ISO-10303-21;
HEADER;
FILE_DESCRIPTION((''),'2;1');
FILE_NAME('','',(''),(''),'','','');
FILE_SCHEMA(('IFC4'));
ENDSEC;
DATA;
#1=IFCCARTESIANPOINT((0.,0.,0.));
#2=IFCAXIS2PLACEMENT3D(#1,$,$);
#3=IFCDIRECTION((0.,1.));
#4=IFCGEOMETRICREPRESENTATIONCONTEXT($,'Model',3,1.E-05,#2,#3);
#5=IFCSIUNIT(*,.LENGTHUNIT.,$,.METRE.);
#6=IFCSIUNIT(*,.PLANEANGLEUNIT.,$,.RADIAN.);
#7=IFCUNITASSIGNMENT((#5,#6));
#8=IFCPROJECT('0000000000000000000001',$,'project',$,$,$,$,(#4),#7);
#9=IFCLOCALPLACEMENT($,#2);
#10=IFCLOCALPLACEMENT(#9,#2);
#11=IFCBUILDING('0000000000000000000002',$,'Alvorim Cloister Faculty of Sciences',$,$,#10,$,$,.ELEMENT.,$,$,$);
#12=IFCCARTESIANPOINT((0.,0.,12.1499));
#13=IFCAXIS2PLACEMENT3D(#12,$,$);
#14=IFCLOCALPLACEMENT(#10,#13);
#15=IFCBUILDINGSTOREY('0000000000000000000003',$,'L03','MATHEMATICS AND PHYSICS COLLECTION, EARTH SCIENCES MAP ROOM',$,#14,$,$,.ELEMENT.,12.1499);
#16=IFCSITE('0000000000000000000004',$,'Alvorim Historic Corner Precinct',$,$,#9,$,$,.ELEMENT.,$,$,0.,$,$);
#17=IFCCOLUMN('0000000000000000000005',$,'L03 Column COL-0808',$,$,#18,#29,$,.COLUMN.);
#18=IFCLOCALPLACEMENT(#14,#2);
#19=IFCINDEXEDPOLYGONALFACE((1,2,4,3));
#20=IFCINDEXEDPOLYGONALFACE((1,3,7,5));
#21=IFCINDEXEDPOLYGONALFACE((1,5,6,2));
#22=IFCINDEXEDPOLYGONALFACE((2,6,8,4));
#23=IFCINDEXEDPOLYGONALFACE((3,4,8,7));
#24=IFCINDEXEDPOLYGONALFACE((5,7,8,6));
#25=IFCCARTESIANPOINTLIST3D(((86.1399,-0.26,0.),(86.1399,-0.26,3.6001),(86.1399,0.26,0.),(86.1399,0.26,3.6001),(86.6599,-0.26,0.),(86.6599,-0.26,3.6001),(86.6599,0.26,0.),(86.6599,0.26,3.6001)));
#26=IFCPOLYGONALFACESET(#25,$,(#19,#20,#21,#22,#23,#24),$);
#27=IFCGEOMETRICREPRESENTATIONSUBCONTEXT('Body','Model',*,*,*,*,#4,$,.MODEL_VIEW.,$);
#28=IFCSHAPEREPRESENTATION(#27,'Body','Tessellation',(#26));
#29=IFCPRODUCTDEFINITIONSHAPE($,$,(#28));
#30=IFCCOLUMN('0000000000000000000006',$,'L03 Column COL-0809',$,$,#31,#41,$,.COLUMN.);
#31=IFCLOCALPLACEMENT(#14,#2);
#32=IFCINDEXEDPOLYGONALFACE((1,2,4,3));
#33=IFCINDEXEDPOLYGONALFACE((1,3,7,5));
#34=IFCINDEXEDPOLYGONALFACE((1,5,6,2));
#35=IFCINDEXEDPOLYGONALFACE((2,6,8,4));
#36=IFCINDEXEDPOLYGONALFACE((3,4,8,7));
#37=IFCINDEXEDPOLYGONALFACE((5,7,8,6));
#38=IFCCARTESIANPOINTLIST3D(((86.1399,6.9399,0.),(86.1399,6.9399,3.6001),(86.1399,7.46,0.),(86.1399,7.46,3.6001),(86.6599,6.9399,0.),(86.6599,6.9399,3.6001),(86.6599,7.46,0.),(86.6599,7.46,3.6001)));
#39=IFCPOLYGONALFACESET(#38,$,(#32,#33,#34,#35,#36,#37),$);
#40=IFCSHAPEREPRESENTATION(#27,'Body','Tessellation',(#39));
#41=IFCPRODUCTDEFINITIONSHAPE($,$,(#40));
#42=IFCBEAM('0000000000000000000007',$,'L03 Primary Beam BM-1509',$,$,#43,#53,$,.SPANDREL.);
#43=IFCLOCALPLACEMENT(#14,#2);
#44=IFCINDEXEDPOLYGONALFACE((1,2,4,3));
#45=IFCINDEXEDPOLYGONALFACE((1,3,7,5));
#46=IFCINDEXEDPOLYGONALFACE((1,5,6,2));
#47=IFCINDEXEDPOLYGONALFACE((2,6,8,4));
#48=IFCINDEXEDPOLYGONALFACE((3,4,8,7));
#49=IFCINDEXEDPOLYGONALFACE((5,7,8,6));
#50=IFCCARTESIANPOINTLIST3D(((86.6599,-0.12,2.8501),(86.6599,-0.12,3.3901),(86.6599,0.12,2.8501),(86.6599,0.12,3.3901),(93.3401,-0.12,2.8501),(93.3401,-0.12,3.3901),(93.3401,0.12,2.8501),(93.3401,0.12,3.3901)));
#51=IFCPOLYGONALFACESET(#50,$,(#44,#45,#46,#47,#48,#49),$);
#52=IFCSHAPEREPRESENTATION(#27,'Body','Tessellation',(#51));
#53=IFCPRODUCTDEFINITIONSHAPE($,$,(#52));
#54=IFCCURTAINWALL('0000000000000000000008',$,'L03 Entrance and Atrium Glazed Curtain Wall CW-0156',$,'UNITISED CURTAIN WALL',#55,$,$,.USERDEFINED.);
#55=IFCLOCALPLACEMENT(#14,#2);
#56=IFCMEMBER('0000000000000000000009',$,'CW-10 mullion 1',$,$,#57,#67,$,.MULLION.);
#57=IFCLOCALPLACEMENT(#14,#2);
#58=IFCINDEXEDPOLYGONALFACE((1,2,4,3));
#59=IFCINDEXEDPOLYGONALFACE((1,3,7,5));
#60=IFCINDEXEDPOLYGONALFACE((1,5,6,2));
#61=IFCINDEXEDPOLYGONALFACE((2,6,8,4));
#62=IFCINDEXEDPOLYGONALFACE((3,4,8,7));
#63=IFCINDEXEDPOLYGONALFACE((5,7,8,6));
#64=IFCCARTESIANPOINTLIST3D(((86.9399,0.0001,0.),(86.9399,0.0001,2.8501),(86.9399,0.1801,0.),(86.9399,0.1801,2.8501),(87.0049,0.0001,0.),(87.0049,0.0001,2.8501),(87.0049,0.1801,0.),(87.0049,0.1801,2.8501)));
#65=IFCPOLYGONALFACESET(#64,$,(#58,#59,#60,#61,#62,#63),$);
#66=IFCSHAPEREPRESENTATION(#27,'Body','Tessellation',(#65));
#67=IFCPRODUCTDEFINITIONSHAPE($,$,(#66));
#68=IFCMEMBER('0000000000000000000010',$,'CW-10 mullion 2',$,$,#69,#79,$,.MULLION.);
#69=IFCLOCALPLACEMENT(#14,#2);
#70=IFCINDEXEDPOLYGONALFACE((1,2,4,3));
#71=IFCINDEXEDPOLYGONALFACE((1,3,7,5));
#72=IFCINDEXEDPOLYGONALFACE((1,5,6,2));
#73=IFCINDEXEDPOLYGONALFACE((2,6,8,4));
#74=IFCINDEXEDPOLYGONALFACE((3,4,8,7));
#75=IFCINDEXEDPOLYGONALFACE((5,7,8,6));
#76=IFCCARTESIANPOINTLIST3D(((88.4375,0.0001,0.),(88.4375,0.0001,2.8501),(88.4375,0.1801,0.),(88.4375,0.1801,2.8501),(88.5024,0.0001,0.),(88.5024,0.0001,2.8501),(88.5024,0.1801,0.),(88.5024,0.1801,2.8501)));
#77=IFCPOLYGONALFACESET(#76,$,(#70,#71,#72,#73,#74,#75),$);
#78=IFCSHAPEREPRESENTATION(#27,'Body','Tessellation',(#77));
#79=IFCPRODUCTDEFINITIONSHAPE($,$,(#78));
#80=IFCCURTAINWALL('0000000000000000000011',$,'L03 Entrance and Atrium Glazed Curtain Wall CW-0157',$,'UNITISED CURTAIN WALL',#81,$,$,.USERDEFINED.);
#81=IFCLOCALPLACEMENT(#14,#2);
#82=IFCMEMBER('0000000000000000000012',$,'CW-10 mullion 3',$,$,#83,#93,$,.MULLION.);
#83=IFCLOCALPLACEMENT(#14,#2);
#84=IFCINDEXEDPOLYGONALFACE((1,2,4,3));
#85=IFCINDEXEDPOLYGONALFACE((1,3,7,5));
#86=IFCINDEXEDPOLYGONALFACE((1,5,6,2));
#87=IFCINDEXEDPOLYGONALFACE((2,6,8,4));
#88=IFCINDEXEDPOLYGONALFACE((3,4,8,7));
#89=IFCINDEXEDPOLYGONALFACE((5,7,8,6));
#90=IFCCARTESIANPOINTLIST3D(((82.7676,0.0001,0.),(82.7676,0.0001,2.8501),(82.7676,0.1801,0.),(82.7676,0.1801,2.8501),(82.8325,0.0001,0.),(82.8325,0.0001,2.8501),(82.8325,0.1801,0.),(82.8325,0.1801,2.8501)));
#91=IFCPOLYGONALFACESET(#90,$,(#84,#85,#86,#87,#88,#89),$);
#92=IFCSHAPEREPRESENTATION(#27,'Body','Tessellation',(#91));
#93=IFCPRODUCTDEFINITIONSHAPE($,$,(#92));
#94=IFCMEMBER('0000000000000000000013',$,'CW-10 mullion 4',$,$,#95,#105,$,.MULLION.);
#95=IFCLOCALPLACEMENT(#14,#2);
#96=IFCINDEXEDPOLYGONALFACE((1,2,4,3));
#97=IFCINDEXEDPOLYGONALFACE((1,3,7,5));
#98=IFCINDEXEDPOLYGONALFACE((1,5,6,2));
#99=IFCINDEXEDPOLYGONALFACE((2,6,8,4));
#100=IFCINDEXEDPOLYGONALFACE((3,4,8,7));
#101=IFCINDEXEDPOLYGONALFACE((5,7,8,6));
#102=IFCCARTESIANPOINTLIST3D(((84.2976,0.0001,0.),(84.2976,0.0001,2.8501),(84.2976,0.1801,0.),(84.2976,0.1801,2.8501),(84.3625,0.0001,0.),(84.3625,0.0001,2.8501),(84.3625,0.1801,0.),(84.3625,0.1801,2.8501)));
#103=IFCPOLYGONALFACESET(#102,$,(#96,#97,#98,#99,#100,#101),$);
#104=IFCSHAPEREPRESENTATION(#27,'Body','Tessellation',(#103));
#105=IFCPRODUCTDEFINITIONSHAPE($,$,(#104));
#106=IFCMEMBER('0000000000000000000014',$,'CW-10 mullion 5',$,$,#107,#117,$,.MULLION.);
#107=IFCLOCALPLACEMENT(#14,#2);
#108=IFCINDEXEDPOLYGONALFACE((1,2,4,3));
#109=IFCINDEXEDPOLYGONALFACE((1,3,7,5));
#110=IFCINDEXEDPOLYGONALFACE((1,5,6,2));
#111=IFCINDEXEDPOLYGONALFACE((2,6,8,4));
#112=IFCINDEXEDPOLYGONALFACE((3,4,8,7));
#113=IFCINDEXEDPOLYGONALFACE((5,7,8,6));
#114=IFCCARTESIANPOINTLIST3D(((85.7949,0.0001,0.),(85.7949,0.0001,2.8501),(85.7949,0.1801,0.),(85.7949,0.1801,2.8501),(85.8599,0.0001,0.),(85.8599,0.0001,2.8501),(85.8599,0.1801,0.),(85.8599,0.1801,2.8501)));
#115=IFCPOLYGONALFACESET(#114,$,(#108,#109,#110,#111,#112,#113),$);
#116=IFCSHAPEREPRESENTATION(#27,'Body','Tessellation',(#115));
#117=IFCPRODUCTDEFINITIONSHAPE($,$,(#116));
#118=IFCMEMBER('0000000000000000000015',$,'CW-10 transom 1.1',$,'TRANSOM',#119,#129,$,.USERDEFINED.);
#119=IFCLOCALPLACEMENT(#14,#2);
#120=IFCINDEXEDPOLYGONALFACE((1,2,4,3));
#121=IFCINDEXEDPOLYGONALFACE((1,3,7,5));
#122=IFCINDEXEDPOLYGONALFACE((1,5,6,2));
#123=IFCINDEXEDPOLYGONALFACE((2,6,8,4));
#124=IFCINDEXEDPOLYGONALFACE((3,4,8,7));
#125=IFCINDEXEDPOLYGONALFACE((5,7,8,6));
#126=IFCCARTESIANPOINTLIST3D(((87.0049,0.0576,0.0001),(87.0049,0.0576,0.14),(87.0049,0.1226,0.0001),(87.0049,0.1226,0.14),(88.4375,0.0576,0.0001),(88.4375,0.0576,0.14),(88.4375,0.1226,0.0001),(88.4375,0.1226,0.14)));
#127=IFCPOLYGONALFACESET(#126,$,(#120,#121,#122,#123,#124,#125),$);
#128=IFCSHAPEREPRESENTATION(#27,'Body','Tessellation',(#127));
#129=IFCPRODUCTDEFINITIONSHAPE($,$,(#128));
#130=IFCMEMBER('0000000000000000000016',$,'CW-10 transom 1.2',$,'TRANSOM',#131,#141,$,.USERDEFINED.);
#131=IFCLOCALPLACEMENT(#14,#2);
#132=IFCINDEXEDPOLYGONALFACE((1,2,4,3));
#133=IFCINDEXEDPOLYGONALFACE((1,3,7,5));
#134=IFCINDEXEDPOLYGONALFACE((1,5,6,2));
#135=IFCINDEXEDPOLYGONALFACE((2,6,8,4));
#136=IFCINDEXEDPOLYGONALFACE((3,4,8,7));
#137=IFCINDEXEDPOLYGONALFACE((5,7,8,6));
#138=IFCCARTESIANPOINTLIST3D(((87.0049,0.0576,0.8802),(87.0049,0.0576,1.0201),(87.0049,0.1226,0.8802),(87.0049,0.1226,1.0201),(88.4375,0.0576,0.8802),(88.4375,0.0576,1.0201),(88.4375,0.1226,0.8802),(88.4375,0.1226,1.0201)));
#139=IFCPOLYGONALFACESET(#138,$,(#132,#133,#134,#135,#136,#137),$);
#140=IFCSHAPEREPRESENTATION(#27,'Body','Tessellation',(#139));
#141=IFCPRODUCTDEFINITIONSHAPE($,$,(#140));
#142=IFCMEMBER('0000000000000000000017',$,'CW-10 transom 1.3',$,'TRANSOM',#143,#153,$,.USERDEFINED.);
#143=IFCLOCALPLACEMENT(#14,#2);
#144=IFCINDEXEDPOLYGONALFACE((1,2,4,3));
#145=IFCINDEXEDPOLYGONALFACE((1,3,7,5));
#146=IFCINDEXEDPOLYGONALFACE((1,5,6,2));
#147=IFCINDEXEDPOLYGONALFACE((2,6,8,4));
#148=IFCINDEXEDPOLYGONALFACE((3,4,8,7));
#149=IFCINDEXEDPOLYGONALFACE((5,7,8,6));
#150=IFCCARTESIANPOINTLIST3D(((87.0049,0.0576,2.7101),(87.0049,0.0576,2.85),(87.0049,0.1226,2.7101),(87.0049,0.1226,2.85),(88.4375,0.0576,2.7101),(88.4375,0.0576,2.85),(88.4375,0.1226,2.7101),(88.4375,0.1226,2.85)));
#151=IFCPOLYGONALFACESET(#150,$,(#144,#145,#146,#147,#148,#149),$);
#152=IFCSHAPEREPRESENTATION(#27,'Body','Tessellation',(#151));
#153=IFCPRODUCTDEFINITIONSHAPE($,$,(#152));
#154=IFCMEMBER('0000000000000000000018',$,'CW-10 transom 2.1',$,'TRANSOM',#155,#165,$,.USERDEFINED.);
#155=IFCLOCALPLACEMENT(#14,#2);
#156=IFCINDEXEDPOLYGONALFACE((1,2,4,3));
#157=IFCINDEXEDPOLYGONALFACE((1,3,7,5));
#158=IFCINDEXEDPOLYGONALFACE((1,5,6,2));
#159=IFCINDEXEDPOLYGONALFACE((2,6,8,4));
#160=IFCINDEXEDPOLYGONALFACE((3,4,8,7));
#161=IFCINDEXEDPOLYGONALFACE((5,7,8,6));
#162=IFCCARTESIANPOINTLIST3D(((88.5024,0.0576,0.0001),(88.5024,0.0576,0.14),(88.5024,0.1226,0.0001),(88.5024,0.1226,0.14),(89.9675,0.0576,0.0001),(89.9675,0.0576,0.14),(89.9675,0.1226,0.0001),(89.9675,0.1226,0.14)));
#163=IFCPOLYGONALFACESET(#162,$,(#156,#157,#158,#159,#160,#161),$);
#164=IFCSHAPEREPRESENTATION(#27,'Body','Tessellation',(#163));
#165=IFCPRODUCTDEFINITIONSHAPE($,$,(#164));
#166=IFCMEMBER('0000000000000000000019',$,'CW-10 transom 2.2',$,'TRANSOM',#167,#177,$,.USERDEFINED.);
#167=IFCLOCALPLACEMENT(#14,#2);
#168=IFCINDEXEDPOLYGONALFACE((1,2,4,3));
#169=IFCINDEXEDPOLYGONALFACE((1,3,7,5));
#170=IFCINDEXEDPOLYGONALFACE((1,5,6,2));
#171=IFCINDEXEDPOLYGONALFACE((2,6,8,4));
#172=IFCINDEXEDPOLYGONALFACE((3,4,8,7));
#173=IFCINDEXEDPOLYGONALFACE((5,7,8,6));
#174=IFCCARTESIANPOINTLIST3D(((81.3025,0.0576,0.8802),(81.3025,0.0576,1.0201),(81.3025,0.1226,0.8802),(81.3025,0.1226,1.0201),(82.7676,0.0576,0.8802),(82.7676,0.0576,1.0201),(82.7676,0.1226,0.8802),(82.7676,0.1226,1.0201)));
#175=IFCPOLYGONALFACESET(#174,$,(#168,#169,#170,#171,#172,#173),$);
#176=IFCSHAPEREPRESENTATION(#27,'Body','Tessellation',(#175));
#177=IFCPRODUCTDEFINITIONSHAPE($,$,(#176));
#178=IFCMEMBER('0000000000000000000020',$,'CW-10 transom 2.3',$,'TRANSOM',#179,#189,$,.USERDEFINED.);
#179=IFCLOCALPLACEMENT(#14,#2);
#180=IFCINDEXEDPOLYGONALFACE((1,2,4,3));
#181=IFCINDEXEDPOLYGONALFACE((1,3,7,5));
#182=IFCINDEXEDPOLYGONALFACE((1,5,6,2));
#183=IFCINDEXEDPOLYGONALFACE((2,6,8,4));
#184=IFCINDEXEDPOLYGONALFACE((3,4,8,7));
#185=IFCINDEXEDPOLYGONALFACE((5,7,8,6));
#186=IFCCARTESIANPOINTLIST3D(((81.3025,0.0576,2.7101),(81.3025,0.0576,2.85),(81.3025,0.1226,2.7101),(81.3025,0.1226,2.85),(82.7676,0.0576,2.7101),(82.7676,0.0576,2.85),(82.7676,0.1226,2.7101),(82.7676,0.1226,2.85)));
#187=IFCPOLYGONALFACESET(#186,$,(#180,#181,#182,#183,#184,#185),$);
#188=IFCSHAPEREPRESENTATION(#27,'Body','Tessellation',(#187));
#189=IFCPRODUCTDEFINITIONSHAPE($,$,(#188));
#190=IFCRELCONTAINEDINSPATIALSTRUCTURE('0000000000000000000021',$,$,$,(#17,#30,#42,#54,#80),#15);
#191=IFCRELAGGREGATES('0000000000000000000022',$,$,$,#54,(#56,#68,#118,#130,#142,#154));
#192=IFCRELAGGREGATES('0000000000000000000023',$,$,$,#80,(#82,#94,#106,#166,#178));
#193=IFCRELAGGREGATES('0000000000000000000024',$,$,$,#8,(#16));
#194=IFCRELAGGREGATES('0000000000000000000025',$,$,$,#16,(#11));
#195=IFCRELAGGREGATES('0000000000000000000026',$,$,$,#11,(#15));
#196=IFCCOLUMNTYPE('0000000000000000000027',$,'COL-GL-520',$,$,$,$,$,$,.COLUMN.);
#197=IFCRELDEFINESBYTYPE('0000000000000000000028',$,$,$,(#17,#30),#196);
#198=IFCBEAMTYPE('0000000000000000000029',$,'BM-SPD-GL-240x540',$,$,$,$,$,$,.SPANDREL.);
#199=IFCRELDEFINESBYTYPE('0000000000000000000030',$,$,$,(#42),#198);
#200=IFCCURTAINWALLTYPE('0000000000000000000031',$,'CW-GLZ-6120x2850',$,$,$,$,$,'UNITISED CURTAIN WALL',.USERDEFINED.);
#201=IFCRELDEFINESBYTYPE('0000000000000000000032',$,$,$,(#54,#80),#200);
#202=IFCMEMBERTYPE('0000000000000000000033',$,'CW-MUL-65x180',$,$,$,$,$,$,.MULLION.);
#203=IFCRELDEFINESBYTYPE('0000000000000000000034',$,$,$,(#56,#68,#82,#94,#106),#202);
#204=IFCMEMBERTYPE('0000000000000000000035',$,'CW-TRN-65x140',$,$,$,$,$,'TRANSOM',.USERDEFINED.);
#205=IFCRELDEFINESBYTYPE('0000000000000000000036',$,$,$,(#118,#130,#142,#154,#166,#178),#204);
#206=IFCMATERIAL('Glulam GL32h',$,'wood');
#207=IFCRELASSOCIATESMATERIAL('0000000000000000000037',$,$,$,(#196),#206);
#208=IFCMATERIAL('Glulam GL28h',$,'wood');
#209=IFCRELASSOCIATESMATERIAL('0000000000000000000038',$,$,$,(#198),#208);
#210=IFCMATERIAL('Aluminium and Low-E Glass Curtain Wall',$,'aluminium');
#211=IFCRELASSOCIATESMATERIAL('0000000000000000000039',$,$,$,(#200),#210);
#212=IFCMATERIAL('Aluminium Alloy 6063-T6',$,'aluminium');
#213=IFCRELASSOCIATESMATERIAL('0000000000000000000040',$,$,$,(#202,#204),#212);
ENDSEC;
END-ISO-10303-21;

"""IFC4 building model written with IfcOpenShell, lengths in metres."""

from ifc_helpers import new_model, si_unit, direction, frame, origin, origin_2d, place, context, subcontext, project, spatial, rectangle, extrude, material, material_profile, profile_set, type_object, element, aggregate, save


model = new_model("IFC4")

# Units and contexts
model_context = context("Model", 3, precision=1e-05, world=origin(), true_north=direction((0.0, 1.0)))
body_context = subcontext(model_context, "Body", "Model", "MODEL_VIEW")
ifc_project = project(units=[si_unit("LENGTHUNIT", "METRE"), si_unit("PLANEANGLEUNIT", "RADIAN")], contexts=[model_context])

# Site, building, storey
site_placement = place(None, origin())
site = spatial("IfcSite", under=ifc_project, at=site_placement, Name="Alvorim Historic Corner Precinct", CompositionType="ELEMENT", RefElevation=0.0)
building_placement = place(site_placement, origin())
building = spatial("IfcBuilding", under=site, at=building_placement, Name="Alvorim Cloister Faculty of Sciences", CompositionType="ELEMENT")
storey_placement = place(building_placement, frame((0.0, 0.0, 12.1499)))
storey = spatial("IfcBuildingStorey", under=building, at=storey_placement, Name="L03", Description="MATHEMATICS AND PHYSICS COLLECTION, EARTH SCIENCES MAP ROOM", CompositionType="ELEMENT", Elevation=12.1499)

# Columns
ifc_material_1 = material(Name="Glulam GL32h", Category="wood")
ifc_material_profile_1 = material_profile(ifc_material_1, rectangle(XDim=0.52, YDim=0.52, at=origin_2d()), Name="GL32-COL-520x520")
ifc_profile_set_1 = profile_set([ifc_material_profile_1], Name="Glulam GL32h")
column_type = type_object("IfcColumnType", Name="COL-GL-520", PredefinedType="COLUMN", material=ifc_profile_set_1)
for number, where, z_axis, x_axis, name in (
    (1, (86.3999, 0.0, 0.0), (0.0, 0.0, 1.0), (1.0, 0.0, 0.0), "L03 Column COL-0808"),
    (2, (86.3999, 7.2, 0.0), (0.0, 0.0, 1.0), (1.0, 0.0, 0.0), "L03 Column COL-0809"),
):
    element("IfcColumn", number, at=place(storey_placement, frame(where, z_axis=z_axis, x_axis=x_axis)), inside=storey, type_object=column_type, Name=name, PredefinedType="COLUMN", context=body_context, shape_type="SweptSolid", body=[
        extrude(rectangle(XDim=0.52, YDim=0.52, at=origin_2d()), origin(), (0.0, 0.0, 1.0), 3.6001),
    ])

# Beam
ifc_material_2 = material(Name="Glulam GL28h", Category="wood")
ifc_material_profile_2 = material_profile(ifc_material_2, rectangle(XDim=0.24, YDim=0.54, at=origin_2d()), Name="GL28-SPD-240x540")
ifc_profile_set_2 = profile_set([ifc_material_profile_2], Name="Glulam GL28h")
beam_type = type_object("IfcBeamType", Name="BM-SPD-GL-240x540", PredefinedType="SPANDREL", material=ifc_profile_set_2)
beam_placement = place(storey_placement, frame((86.6599, 0.0, 3.1201), z_axis=(1.0, 0.0, 0.0), x_axis=(0.0, 1.0, 0.0)))
element("IfcBeam", 3, at=beam_placement, inside=storey, type_object=beam_type, Name="L03 Primary Beam BM-1509", PredefinedType="SPANDREL", context=body_context, shape_type="SweptSolid", body=[
    extrude(rectangle(XDim=0.24, YDim=0.54, at=origin_2d()), origin(), (0.0, 0.0, 1.0), 6.6802),
])

# Curtain walls, members
ifc_material_3 = material(Name="Aluminium and Low-E Glass Curtain Wall", Category="aluminium")
curtain_wall_type = type_object("IfcCurtainWallType", Name="CW-GLZ-6120x2850", ElementType="UNITISED CURTAIN WALL", PredefinedType="USERDEFINED", material=ifc_material_3)
curtain_wall_1_placement = place(storey_placement, origin())
curtain_wall_1 = element("IfcCurtainWall", 4, at=curtain_wall_1_placement, inside=storey, type_object=curtain_wall_type, Name="L03 Entrance and Atrium Glazed Curtain Wall CW-0156", ObjectType="UNITISED CURTAIN WALL", PredefinedType="USERDEFINED")
ifc_material_4 = material(Name="Aluminium Alloy 6063-T6", Category="aluminium")
ifc_material_profile_3 = material_profile(ifc_material_4, rectangle(XDim=0.0649, YDim=0.1799, at=origin_2d()), Name="ALU-MUL-65x180")
ifc_profile_set_3 = profile_set([ifc_material_profile_3], Name="Aluminium Alloy 6063-T6")
member_type_1 = type_object("IfcMemberType", Name="CW-MUL-65x180", PredefinedType="MULLION", material=ifc_profile_set_3)
member_1_placement = place(storey_placement, frame((86.9724, 0.0901, 0.0), z_axis=(0.0, 0.0, 1.0), x_axis=(1.0, 0.0, 0.0)))
member_1 = element("IfcMember", 5, at=member_1_placement, type_object=member_type_1, Name="CW-10 mullion 1", PredefinedType="MULLION", context=body_context, shape_type="SweptSolid", body=[
    extrude(rectangle(XDim=0.0649, YDim=0.1799, at=origin_2d()), origin(), (0.0, 0.0, 1.0), 2.8501),
])
member_2_placement = place(storey_placement, frame((88.47, 0.0901, 0.0), z_axis=(0.0, 0.0, 1.0), x_axis=(1.0, 0.0, 0.0)))
member_2 = element("IfcMember", 6, at=member_2_placement, type_object=member_type_1, Name="CW-10 mullion 2", PredefinedType="MULLION", context=body_context, shape_type="SweptSolid", body=[
    extrude(rectangle(XDim=0.0649, YDim=0.1799, at=origin_2d()), origin(), (0.0, 0.0, 1.0), 2.8501),
])
curtain_wall_2_placement = place(storey_placement, origin())
curtain_wall_2 = element("IfcCurtainWall", 7, at=curtain_wall_2_placement, inside=storey, type_object=curtain_wall_type, Name="L03 Entrance and Atrium Glazed Curtain Wall CW-0157", ObjectType="UNITISED CURTAIN WALL", PredefinedType="USERDEFINED")
member_3_placement = place(storey_placement, frame((82.8, 0.0901, 0.0), z_axis=(0.0, 0.0, 1.0), x_axis=(1.0, 0.0, 0.0)))
member_3 = element("IfcMember", 8, at=member_3_placement, type_object=member_type_1, Name="CW-10 mullion 3", PredefinedType="MULLION", context=body_context, shape_type="SweptSolid", body=[
    extrude(rectangle(XDim=0.0649, YDim=0.1799, at=origin_2d()), origin(), (0.0, 0.0, 1.0), 2.8501),
])
member_4_placement = place(storey_placement, frame((84.3301, 0.0901, 0.0), z_axis=(0.0, 0.0, 1.0), x_axis=(1.0, 0.0, 0.0)))
member_4 = element("IfcMember", 9, at=member_4_placement, type_object=member_type_1, Name="CW-10 mullion 4", PredefinedType="MULLION", context=body_context, shape_type="SweptSolid", body=[
    extrude(rectangle(XDim=0.0649, YDim=0.1799, at=origin_2d()), origin(), (0.0, 0.0, 1.0), 2.8501),
])
member_5_placement = place(storey_placement, frame((85.8274, 0.0901, 0.0), z_axis=(0.0, 0.0, 1.0), x_axis=(1.0, 0.0, 0.0)))
member_5 = element("IfcMember", 10, at=member_5_placement, type_object=member_type_1, Name="CW-10 mullion 5", PredefinedType="MULLION", context=body_context, shape_type="SweptSolid", body=[
    extrude(rectangle(XDim=0.0649, YDim=0.1799, at=origin_2d()), origin(), (0.0, 0.0, 1.0), 2.8501),
])

# Members
ifc_material_profile_4 = material_profile(ifc_material_4, rectangle(XDim=0.0649, YDim=0.1399, at=origin_2d()), Name="ALU-TRN-65x140")
ifc_profile_set_4 = profile_set([ifc_material_profile_4], Name="Aluminium Alloy 6063-T6")
member_type_2 = type_object("IfcMemberType", Name="CW-TRN-65x140", ElementType="TRANSOM", PredefinedType="USERDEFINED", material=ifc_profile_set_4)
member_6_placement = place(storey_placement, frame((87.0049, 0.0901, 0.0701), z_axis=(1.0, 0.0, 0.0), x_axis=(0.0, 1.0, 0.0)))
member_6 = element("IfcMember", 11, at=member_6_placement, type_object=member_type_2, Name="CW-10 transom 1.1", ObjectType="TRANSOM", PredefinedType="USERDEFINED", context=body_context, shape_type="SweptSolid", body=[
    extrude(rectangle(XDim=0.0649, YDim=0.1399, at=origin_2d()), origin(), (0.0, 0.0, 1.0), 1.4326),
])
member_7_placement = place(storey_placement, frame((87.0049, 0.0901, 0.9502), z_axis=(1.0, 0.0, 0.0), x_axis=(0.0, 1.0, 0.0)))
member_7 = element("IfcMember", 12, at=member_7_placement, type_object=member_type_2, Name="CW-10 transom 1.2", ObjectType="TRANSOM", PredefinedType="USERDEFINED", context=body_context, shape_type="SweptSolid", body=[
    extrude(rectangle(XDim=0.0649, YDim=0.1399, at=origin_2d()), origin(), (0.0, 0.0, 1.0), 1.4326),
])
member_8_placement = place(storey_placement, frame((87.0049, 0.0901, 2.78), z_axis=(1.0, 0.0, 0.0), x_axis=(0.0, 1.0, 0.0)))
member_8 = element("IfcMember", 13, at=member_8_placement, type_object=member_type_2, Name="CW-10 transom 1.3", ObjectType="TRANSOM", PredefinedType="USERDEFINED", context=body_context, shape_type="SweptSolid", body=[
    extrude(rectangle(XDim=0.0649, YDim=0.1399, at=origin_2d()), origin(), (0.0, 0.0, 1.0), 1.4326),
])
member_9_placement = place(storey_placement, frame((88.5024, 0.0901, 0.0701), z_axis=(1.0, 0.0, 0.0), x_axis=(0.0, 1.0, 0.0)))
member_9 = element("IfcMember", 14, at=member_9_placement, type_object=member_type_2, Name="CW-10 transom 2.1", ObjectType="TRANSOM", PredefinedType="USERDEFINED", context=body_context, shape_type="SweptSolid", body=[
    extrude(rectangle(XDim=0.0649, YDim=0.1399, at=origin_2d()), origin(), (0.0, 0.0, 1.0), 1.4651),
])
member_10_placement = place(storey_placement, frame((81.3025, 0.0901, 0.9502), z_axis=(1.0, 0.0, 0.0), x_axis=(0.0, 1.0, 0.0)))
member_10 = element("IfcMember", 15, at=member_10_placement, type_object=member_type_2, Name="CW-10 transom 2.2", ObjectType="TRANSOM", PredefinedType="USERDEFINED", context=body_context, shape_type="SweptSolid", body=[
    extrude(rectangle(XDim=0.0649, YDim=0.1399, at=origin_2d()), origin(), (0.0, 0.0, 1.0), 1.4651),
])
member_11_placement = place(storey_placement, frame((81.3025, 0.0901, 2.78), z_axis=(1.0, 0.0, 0.0), x_axis=(0.0, 1.0, 0.0)))
member_11 = element("IfcMember", 16, at=member_11_placement, type_object=member_type_2, Name="CW-10 transom 2.3", ObjectType="TRANSOM", PredefinedType="USERDEFINED", context=body_context, shape_type="SweptSolid", body=[
    extrude(rectangle(XDim=0.0649, YDim=0.1399, at=origin_2d()), origin(), (0.0, 0.0, 1.0), 1.4651),
])

aggregate(curtain_wall_1, [member_1, member_2, member_6, member_7, member_8, member_9])
aggregate(curtain_wall_2, [member_3, member_4, member_5, member_10, member_11])

save(model, "model.ifc")
